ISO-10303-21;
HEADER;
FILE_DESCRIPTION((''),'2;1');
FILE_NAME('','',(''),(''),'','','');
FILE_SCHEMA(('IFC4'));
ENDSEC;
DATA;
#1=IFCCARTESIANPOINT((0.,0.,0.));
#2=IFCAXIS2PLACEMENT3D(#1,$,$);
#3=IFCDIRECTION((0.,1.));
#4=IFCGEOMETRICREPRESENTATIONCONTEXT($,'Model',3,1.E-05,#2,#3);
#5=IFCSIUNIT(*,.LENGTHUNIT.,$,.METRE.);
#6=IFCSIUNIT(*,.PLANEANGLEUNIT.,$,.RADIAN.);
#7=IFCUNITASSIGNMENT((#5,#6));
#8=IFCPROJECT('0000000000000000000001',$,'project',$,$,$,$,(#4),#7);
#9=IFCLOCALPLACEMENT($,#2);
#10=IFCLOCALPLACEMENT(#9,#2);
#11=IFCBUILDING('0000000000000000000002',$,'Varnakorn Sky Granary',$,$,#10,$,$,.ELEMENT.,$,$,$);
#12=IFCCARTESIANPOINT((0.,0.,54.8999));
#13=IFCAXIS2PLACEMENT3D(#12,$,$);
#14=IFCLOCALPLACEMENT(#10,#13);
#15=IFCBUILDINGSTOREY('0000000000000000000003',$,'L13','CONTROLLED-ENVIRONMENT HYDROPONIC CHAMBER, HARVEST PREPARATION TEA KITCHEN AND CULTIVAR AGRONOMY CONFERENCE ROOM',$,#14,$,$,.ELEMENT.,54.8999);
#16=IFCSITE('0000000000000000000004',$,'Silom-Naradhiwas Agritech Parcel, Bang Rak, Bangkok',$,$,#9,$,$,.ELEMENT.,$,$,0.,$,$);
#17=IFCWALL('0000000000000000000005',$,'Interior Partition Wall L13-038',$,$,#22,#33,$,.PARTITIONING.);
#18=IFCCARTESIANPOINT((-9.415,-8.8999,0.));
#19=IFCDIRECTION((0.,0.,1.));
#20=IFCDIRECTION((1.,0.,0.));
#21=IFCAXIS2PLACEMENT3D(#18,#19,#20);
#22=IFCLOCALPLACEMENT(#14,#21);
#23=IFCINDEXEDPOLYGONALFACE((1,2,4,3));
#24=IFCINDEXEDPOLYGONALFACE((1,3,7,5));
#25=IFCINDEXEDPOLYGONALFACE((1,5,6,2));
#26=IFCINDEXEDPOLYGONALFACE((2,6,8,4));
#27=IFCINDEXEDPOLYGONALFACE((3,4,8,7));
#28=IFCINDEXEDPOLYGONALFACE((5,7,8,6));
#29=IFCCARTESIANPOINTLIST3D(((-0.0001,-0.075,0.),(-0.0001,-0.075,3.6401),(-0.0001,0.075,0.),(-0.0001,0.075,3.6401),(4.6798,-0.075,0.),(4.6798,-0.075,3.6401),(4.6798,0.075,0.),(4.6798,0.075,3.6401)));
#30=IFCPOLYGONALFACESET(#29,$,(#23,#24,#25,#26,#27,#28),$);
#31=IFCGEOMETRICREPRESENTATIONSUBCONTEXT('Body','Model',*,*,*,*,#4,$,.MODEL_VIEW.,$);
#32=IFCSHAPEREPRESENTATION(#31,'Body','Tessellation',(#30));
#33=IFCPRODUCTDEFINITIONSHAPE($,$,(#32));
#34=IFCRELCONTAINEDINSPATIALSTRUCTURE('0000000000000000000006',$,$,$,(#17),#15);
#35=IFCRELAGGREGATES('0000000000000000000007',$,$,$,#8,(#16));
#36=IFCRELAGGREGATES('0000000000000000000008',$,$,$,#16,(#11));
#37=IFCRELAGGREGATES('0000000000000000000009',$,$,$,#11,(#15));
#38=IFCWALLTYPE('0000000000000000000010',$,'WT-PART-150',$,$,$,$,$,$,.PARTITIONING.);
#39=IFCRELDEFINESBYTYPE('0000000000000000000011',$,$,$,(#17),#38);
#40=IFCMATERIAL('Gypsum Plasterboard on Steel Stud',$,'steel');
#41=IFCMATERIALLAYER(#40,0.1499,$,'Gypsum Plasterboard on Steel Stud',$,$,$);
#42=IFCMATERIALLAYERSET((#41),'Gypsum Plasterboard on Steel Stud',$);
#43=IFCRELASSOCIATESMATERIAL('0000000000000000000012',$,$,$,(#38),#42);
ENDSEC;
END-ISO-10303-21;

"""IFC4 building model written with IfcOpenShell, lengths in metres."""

from ifc_helpers import new_model, si_unit, direction, frame, frame_2d, origin, place, context, subcontext, project, spatial, rectangle, extrude, material, layer, layer_set, type_object, element, save


model = new_model("IFC4")

# Units and contexts
model_context = context("Model", 3, precision=1e-05, world=origin(), true_north=direction((0.0, 1.0)))
body_context = subcontext(model_context, "Body", "Model", "MODEL_VIEW")
ifc_project = project(units=[si_unit("LENGTHUNIT", "METRE"), si_unit("PLANEANGLEUNIT", "RADIAN")], contexts=[model_context])

# Site, building, storey
site_placement = place(None, origin())
site = spatial("IfcSite", under=ifc_project, at=site_placement, Name="Silom-Naradhiwas Agritech Parcel, Bang Rak, Bangkok", CompositionType="ELEMENT", RefElevation=0.0)
building_placement = place(site_placement, origin())
building = spatial("IfcBuilding", under=site, at=building_placement, Name="Varnakorn Sky Granary", CompositionType="ELEMENT")
storey_placement = place(building_placement, frame((0.0, 0.0, 54.8999)))
storey = spatial("IfcBuildingStorey", under=building, at=storey_placement, Name="L13", Description="CONTROLLED-ENVIRONMENT HYDROPONIC CHAMBER, HARVEST PREPARATION TEA KITCHEN AND CULTIVAR AGRONOMY CONFERENCE ROOM", CompositionType="ELEMENT", Elevation=54.8999)

# Shared definitions
ifc_material_1 = material(Name="Gypsum Plasterboard on Steel Stud", Category="steel")
ifc_layer_1 = layer(ifc_material_1, 0.1499, Name="Gypsum Plasterboard on Steel Stud")
ifc_layer_set_1 = layer_set([ifc_layer_1], Name="Gypsum Plasterboard on Steel Stud")
wall_type_1 = type_object("IfcWallType", Name="WT-PART-150", PredefinedType="PARTITIONING", material=ifc_layer_set_1)

# Wall
wall_1_placement = place(storey_placement, frame((-9.415, -8.8999, 0.0), z_axis=(0.0, 0.0, 1.0), x_axis=(1.0, 0.0, 0.0)))
element("IfcWall", 1, at=wall_1_placement, inside=storey, type_object=wall_type_1, Name="Interior Partition Wall L13-038", PredefinedType="PARTITIONING", context=body_context, shape_type="SweptSolid", body=[
    extrude(rectangle(XDim=4.6799, YDim=0.1499, at=frame_2d((2.3398, 0.0))), origin(), (0.0, 0.0, 1.0), 3.6401),
])

save(model, "model.ifc")
